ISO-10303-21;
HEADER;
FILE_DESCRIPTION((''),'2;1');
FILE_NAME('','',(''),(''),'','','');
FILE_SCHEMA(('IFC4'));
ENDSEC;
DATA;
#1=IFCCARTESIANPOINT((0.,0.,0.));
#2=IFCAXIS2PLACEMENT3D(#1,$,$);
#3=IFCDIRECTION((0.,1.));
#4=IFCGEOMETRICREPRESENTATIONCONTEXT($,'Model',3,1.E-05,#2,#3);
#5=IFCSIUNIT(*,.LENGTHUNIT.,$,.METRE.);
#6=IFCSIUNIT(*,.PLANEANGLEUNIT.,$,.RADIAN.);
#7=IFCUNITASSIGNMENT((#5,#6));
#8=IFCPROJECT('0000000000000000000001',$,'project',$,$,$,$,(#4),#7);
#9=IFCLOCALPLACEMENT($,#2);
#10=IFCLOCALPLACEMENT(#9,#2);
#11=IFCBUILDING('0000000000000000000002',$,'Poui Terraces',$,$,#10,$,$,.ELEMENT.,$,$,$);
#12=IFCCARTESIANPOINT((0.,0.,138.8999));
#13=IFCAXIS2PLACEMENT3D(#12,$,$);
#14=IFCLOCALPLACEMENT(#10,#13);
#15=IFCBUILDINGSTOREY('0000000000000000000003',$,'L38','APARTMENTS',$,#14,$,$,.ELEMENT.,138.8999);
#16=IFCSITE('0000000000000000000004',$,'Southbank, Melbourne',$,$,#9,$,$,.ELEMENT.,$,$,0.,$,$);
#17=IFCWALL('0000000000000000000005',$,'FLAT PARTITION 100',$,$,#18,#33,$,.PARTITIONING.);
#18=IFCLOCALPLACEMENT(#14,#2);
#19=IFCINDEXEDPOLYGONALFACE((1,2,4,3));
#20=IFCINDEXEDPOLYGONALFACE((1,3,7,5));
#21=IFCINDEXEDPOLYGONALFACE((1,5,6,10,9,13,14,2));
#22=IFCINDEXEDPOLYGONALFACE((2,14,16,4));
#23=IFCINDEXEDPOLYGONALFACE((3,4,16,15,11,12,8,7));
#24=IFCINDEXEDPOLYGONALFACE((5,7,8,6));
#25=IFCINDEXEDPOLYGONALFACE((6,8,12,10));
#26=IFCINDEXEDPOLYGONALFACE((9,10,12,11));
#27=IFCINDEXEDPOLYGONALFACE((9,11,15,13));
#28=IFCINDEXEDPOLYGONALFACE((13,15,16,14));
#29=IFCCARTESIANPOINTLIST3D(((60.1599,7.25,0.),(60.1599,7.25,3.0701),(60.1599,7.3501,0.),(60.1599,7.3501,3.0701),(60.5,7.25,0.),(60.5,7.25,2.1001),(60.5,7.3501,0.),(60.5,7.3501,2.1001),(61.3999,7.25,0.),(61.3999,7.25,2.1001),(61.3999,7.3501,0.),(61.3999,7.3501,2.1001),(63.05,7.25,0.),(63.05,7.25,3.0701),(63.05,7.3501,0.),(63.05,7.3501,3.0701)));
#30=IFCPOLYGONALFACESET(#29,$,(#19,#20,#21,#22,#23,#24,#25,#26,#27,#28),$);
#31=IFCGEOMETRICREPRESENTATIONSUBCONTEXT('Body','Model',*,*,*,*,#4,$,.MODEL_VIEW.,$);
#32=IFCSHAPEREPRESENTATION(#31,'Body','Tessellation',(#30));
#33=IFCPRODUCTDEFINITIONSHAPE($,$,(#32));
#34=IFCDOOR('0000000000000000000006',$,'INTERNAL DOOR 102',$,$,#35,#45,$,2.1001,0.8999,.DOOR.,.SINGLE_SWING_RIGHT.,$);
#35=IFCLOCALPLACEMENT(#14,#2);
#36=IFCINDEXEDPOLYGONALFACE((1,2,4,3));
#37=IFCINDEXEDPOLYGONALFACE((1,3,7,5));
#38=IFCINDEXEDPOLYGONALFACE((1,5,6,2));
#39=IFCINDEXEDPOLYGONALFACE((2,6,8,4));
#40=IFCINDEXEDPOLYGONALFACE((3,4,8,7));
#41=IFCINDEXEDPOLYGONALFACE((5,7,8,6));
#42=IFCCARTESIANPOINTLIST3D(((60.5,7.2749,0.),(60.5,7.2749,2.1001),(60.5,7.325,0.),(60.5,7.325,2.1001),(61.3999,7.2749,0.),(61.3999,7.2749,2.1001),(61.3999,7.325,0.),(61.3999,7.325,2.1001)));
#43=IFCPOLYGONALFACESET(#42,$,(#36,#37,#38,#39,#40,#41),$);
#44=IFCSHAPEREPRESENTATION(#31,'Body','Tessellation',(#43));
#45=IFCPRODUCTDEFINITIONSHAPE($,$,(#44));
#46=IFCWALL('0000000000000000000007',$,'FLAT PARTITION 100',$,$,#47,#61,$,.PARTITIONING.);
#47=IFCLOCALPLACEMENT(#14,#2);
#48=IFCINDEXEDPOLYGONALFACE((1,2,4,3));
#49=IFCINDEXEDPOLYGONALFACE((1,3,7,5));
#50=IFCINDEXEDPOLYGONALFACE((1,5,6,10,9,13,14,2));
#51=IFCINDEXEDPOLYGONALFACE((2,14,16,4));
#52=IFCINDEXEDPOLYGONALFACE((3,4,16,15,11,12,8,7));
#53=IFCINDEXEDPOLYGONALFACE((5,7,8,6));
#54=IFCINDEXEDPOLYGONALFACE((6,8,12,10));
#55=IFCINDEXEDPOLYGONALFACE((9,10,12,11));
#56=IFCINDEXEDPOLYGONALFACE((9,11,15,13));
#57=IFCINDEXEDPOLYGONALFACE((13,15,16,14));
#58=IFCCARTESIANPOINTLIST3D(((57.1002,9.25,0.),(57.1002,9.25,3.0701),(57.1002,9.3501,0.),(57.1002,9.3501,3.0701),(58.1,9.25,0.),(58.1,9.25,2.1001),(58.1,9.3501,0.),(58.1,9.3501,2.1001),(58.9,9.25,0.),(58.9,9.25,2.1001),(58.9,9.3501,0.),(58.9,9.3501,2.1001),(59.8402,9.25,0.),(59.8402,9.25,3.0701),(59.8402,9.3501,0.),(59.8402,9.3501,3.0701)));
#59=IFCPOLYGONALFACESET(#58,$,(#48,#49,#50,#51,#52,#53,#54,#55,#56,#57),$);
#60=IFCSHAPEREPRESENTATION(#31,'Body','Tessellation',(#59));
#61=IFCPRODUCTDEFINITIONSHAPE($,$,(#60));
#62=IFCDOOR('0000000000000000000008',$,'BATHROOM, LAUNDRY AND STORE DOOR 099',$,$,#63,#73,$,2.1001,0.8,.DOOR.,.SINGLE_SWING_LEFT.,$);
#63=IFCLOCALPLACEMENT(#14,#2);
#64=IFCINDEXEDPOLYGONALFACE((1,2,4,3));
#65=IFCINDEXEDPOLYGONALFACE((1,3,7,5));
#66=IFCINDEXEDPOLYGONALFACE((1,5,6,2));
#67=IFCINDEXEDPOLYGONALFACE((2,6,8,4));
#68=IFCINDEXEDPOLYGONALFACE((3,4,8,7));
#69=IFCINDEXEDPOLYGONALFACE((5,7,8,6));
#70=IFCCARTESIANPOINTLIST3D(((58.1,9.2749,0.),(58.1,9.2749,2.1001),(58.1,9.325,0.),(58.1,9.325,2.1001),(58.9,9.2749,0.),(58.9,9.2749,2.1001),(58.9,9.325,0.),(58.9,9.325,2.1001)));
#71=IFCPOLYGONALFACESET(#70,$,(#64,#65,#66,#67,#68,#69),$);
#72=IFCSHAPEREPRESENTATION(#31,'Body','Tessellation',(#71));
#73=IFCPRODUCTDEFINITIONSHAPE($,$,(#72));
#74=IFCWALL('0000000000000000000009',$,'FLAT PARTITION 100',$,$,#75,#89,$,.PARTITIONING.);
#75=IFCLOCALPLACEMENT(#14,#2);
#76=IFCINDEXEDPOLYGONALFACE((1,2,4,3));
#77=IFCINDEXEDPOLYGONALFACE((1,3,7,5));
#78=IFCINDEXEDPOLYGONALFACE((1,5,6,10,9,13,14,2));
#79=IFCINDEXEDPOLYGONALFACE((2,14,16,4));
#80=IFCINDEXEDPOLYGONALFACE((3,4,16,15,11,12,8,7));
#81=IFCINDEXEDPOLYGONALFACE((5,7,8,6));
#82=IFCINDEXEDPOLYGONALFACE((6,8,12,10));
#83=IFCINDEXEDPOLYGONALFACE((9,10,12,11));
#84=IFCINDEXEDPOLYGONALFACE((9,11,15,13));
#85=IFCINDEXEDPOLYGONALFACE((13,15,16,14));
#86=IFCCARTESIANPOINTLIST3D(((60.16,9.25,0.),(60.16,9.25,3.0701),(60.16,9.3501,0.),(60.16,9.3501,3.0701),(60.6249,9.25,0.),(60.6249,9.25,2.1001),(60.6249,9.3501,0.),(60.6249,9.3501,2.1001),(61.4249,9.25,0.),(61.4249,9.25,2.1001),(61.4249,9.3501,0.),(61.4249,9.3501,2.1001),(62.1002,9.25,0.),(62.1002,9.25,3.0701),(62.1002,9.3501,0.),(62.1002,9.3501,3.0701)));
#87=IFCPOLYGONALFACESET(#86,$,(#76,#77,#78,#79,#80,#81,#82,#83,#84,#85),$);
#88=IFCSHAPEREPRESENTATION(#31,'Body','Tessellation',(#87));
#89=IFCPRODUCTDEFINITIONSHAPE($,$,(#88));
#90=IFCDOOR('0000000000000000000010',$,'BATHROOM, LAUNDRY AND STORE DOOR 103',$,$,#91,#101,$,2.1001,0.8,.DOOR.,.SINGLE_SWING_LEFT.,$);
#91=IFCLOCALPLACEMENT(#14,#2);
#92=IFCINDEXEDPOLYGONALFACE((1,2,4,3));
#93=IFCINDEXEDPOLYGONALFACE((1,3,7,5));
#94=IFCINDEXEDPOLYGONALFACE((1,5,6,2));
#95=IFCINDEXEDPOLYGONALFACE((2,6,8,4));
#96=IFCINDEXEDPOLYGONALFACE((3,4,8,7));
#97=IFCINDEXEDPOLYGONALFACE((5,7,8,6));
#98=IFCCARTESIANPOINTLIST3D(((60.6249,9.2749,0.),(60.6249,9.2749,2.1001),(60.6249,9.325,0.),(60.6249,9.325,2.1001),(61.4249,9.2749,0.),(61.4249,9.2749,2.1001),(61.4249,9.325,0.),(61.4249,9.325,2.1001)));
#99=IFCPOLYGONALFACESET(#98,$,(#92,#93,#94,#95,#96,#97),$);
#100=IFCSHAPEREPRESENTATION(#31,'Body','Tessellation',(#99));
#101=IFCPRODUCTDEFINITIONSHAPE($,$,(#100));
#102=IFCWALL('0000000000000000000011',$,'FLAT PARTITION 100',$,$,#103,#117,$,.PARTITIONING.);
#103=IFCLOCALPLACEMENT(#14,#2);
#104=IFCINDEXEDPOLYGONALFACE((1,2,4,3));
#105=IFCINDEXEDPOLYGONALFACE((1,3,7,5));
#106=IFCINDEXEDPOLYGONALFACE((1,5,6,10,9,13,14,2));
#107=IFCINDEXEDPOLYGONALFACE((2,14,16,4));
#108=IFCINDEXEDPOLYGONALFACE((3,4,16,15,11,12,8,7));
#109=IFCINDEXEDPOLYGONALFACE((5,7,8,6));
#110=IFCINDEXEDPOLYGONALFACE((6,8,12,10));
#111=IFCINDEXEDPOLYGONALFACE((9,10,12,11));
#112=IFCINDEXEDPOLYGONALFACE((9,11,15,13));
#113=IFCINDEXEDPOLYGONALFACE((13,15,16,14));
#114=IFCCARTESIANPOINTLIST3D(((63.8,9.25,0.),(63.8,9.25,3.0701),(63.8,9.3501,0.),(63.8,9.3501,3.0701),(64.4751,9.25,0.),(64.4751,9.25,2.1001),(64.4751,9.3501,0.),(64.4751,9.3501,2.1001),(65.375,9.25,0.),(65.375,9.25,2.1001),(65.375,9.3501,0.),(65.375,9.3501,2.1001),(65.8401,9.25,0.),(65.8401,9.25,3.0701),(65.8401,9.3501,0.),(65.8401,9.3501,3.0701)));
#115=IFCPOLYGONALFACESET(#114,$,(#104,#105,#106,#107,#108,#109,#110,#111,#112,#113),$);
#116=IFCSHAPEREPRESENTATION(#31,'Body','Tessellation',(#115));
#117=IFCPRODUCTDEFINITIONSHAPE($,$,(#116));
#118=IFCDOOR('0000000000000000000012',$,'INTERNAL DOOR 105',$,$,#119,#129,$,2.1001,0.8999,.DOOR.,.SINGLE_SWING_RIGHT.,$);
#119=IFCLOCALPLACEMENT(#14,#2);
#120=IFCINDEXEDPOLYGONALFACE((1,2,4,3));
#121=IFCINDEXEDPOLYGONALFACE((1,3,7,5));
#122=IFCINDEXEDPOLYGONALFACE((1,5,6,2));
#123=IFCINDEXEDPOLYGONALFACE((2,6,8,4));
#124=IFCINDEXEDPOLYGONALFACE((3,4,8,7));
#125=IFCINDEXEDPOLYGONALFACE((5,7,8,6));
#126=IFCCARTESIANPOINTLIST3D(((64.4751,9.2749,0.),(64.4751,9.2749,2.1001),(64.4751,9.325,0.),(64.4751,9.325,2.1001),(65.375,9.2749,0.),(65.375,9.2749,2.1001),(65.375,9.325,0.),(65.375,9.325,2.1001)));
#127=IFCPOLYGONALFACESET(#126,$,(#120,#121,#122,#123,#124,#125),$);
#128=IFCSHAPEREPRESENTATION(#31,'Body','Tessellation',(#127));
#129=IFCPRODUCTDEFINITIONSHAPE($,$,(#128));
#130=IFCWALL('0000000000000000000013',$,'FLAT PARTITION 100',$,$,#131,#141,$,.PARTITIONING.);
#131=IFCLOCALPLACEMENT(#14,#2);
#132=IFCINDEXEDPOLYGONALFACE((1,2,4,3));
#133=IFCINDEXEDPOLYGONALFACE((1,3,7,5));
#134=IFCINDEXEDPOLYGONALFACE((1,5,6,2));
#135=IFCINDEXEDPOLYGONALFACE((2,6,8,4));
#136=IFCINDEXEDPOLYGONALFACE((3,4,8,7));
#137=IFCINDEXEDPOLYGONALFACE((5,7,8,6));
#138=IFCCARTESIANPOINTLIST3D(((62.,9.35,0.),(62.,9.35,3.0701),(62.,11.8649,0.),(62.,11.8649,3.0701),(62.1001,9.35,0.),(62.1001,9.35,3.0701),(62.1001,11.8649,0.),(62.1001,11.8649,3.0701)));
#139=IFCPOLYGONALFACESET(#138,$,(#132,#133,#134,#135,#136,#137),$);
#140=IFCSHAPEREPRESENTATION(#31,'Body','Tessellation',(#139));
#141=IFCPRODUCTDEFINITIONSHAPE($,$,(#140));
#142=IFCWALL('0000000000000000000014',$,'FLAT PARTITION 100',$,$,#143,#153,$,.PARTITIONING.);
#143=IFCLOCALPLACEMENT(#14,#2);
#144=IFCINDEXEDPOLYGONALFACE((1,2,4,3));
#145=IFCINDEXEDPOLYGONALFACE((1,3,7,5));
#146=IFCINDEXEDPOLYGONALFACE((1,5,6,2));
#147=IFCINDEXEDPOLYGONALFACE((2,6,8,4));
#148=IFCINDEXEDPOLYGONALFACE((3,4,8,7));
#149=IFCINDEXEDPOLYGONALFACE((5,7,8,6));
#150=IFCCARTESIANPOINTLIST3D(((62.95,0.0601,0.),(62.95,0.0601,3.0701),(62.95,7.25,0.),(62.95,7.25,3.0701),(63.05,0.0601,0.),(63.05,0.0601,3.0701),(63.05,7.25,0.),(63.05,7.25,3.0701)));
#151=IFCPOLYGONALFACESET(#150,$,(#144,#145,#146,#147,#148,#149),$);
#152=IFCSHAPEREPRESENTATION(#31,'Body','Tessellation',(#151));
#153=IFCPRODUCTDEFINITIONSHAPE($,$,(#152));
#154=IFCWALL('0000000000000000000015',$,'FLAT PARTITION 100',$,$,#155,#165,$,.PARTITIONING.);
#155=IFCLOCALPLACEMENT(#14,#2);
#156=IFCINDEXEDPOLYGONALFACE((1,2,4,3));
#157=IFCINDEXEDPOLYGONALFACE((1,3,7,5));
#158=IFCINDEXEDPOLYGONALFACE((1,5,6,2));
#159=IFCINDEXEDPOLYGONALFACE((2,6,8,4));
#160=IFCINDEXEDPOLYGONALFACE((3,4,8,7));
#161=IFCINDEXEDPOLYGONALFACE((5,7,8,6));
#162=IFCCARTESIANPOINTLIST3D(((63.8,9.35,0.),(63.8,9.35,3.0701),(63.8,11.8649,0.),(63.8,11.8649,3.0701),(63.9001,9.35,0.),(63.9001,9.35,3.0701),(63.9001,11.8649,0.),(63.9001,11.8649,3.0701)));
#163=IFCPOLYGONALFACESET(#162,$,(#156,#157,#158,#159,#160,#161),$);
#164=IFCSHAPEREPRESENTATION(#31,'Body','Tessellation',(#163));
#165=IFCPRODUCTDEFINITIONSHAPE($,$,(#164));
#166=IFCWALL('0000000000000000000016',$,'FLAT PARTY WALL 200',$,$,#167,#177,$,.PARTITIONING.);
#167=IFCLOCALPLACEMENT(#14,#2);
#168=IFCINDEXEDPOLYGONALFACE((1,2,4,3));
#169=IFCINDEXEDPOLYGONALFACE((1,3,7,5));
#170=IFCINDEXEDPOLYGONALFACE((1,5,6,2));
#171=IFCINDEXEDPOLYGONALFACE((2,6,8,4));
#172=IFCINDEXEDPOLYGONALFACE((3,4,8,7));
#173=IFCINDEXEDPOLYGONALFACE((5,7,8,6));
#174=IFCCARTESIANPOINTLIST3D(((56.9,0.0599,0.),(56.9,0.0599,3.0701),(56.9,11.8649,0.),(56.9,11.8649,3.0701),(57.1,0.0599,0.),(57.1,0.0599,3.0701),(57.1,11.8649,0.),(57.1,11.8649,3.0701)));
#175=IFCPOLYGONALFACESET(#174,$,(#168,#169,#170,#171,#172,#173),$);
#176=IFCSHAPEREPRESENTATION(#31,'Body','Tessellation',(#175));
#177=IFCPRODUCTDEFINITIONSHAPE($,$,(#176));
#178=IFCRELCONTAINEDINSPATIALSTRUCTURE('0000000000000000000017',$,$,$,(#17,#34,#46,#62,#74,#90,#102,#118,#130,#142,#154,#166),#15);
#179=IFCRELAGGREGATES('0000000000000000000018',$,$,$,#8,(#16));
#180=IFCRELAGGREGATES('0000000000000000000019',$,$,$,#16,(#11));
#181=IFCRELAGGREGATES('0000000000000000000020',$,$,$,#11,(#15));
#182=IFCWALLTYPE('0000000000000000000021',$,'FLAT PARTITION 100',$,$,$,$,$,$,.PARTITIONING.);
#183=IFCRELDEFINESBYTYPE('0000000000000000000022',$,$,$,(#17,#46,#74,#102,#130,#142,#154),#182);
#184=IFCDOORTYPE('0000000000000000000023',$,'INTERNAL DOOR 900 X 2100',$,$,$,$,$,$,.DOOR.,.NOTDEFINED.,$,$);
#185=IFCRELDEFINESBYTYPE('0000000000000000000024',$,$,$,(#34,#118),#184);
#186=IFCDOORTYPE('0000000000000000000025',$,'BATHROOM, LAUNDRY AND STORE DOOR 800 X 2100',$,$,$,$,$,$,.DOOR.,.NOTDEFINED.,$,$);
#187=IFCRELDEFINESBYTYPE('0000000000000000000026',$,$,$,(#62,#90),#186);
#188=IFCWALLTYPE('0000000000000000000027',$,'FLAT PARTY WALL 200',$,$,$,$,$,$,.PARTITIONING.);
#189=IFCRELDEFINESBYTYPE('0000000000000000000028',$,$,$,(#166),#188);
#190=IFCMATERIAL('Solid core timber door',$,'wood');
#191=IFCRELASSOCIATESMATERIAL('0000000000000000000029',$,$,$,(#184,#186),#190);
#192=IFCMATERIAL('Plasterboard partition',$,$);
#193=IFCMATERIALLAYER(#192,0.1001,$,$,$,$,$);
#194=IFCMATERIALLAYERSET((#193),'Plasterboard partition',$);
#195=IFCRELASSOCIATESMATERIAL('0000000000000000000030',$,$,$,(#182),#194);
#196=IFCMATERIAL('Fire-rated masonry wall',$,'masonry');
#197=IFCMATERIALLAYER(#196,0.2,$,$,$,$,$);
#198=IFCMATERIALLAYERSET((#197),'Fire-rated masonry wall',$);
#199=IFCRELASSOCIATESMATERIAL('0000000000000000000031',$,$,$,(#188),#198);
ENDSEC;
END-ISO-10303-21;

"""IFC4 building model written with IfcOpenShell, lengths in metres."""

from ifc_helpers import new_model, si_unit, direction, frame, frame_2d, origin, place, context, subcontext, project, spatial, rectangle, extrude, material, layer, layer_set, type_object, element, fill, save


model = new_model("IFC4")

# Units and contexts
model_context = context("Model", 3, precision=1e-05, world=origin(), true_north=direction((0.0, 1.0)))
body_context = subcontext(model_context, "Body", "Model", "MODEL_VIEW")
ifc_project = project(units=[si_unit("LENGTHUNIT", "METRE"), si_unit("PLANEANGLEUNIT", "RADIAN")], contexts=[model_context])

# Site, building, storey
site_placement = place(None, origin())
site = spatial("IfcSite", under=ifc_project, at=site_placement, Name="Southbank, Melbourne", CompositionType="ELEMENT", RefElevation=0.0)
building_placement = place(site_placement, origin())
building = spatial("IfcBuilding", under=site, at=building_placement, Name="Poui Terraces", CompositionType="ELEMENT")
storey_placement = place(building_placement, frame((0.0, 0.0, 138.8999)))
storey = spatial("IfcBuildingStorey", under=building, at=storey_placement, Name="L38", Description="APARTMENTS", CompositionType="ELEMENT", Elevation=138.8999)

# Walls, openings, doors
ifc_material_1 = material(Name="Solid core timber door", Category="wood")
door_type_1 = type_object("IfcDoorType", Name="INTERNAL DOOR 900 X 2100", OperationType="NOTDEFINED", PredefinedType="DOOR", material=ifc_material_1)
ifc_material_2 = material(Name="Plasterboard partition")
ifc_layer_1 = layer(ifc_material_2, 0.1001)
ifc_layer_set_1 = layer_set([ifc_layer_1], Name="Plasterboard partition")
wall_type_1 = type_object("IfcWallType", Name="FLAT PARTITION 100", PredefinedType="PARTITIONING", material=ifc_layer_set_1)
wall_1_placement = place(storey_placement, frame((60.1599, 7.3, 0.0), z_axis=(0.0, 0.0, 1.0), x_axis=(1.0, 0.0, 0.0)))
wall_1 = element("IfcWall", 1, at=wall_1_placement, inside=storey, type_object=wall_type_1, Name="FLAT PARTITION 100", PredefinedType="PARTITIONING", context=body_context, shape_type="SweptSolid", body=[
    extrude(rectangle(XDim=2.8901, YDim=0.1001, at=frame_2d((1.4451, 0.0))), origin(), (0.0, 0.0, 1.0), 3.0701),
])
opening_1_placement = place(wall_1_placement, frame((0.3401, 0.0, 0.0)))
opening_1 = element("IfcOpeningElement", 2, at=opening_1_placement, cuts=wall_1, PredefinedType="OPENING", context=body_context, shape_type="SweptSolid", body=[
    extrude(rectangle(XDim=0.8999, YDim=2.1001, at=frame_2d((0.45, 1.05))), frame((0.0, 0.0601, 0.0), z_axis=(0.0, -1.0, 0.0), x_axis=(1.0, 0.0, 0.0)), (0.0, 0.0, 1.0), 0.1201),
])
door_1_placement = place(opening_1_placement, origin())
door_1 = element("IfcDoor", 3, at=door_1_placement, inside=storey, type_object=door_type_1, Name="INTERNAL DOOR 102", OperationType="SINGLE_SWING_RIGHT", OverallHeight=2.1001, OverallWidth=0.8999, PredefinedType="DOOR", context=body_context, shape_type="SweptSolid", body=[
    extrude(rectangle(XDim=0.8999, YDim=2.1001, at=frame_2d((0.45, 1.05))), frame((0.0, 0.0249, 0.0), z_axis=(0.0, -1.0, 0.0), x_axis=(1.0, 0.0, 0.0)), (0.0, 0.0, 1.0), 0.05),
])
fill(opening_1, door_1)
wall_2_placement = place(storey_placement, frame((57.1001, 9.3, 0.0), z_axis=(0.0, 0.0, 1.0), x_axis=(1.0, 0.0, 0.0)))
wall_2 = element("IfcWall", 4, at=wall_2_placement, inside=storey, type_object=wall_type_1, Name="FLAT PARTITION 100", PredefinedType="PARTITIONING", context=body_context, shape_type="SweptSolid", body=[
    extrude(rectangle(XDim=2.74, YDim=0.1001, at=frame_2d((1.3701, 0.0))), origin(), (0.0, 0.0, 1.0), 3.0701),
])
opening_2_placement = place(wall_2_placement, frame((1.0, 0.0, 0.0)))
opening_2 = element("IfcOpeningElement", 5, at=opening_2_placement, cuts=wall_2, PredefinedType="OPENING", context=body_context, shape_type="SweptSolid", body=[
    extrude(rectangle(XDim=0.8, YDim=2.1001, at=frame_2d((0.3999, 1.05))), frame((0.0, 0.0601, 0.0), z_axis=(0.0, -1.0, 0.0), x_axis=(1.0, 0.0, 0.0)), (0.0, 0.0, 1.0), 0.1201),
])
door_type_2 = type_object("IfcDoorType", Name="BATHROOM, LAUNDRY AND STORE DOOR 800 X 2100", OperationType="NOTDEFINED", PredefinedType="DOOR", material=ifc_material_1)
door_2_placement = place(opening_2_placement, origin())
door_2 = element("IfcDoor", 6, at=door_2_placement, inside=storey, type_object=door_type_2, Name="BATHROOM, LAUNDRY AND STORE DOOR 099", OperationType="SINGLE_SWING_LEFT", OverallHeight=2.1001, OverallWidth=0.8, PredefinedType="DOOR", context=body_context, shape_type="SweptSolid", body=[
    extrude(rectangle(XDim=0.8, YDim=2.1001, at=frame_2d((0.3999, 1.05))), frame((0.0, 0.0249, 0.0), z_axis=(0.0, -1.0, 0.0), x_axis=(1.0, 0.0, 0.0)), (0.0, 0.0, 1.0), 0.05),
])
fill(opening_2, door_2)
wall_3_placement = place(storey_placement, frame((60.1599, 9.3, 0.0), z_axis=(0.0, 0.0, 1.0), x_axis=(1.0, 0.0, 0.0)))
wall_3 = element("IfcWall", 7, at=wall_3_placement, inside=storey, type_object=wall_type_1, Name="FLAT PARTITION 100", PredefinedType="PARTITIONING", context=body_context, shape_type="SweptSolid", body=[
    extrude(rectangle(XDim=1.9402, YDim=0.1001, at=frame_2d((0.9702, 0.0))), origin(), (0.0, 0.0, 1.0), 3.0701),
])
opening_3_placement = place(wall_3_placement, frame((0.4651, 0.0, 0.0)))
opening_3 = element("IfcOpeningElement", 8, at=opening_3_placement, cuts=wall_3, PredefinedType="OPENING", context=body_context, shape_type="SweptSolid", body=[
    extrude(rectangle(XDim=0.8, YDim=2.1001, at=frame_2d((0.3999, 1.05))), frame((0.0, 0.0601, 0.0), z_axis=(0.0, -1.0, 0.0), x_axis=(1.0, 0.0, 0.0)), (0.0, 0.0, 1.0), 0.1201),
])
door_3_placement = place(opening_3_placement, origin())
door_3 = element("IfcDoor", 9, at=door_3_placement, inside=storey, type_object=door_type_2, Name="BATHROOM, LAUNDRY AND STORE DOOR 103", OperationType="SINGLE_SWING_LEFT", OverallHeight=2.1001, OverallWidth=0.8, PredefinedType="DOOR", context=body_context, shape_type="SweptSolid", body=[
    extrude(rectangle(XDim=0.8, YDim=2.1001, at=frame_2d((0.3999, 1.05))), frame((0.0, 0.0249, 0.0), z_axis=(0.0, -1.0, 0.0), x_axis=(1.0, 0.0, 0.0)), (0.0, 0.0, 1.0), 0.05),
])
fill(opening_3, door_3)
wall_4_placement = place(storey_placement, frame((63.8, 9.3, 0.0), z_axis=(0.0, 0.0, 1.0), x_axis=(1.0, 0.0, 0.0)))
wall_4 = element("IfcWall", 10, at=wall_4_placement, inside=storey, type_object=wall_type_1, Name="FLAT PARTITION 100", PredefinedType="PARTITIONING", context=body_context, shape_type="SweptSolid", body=[
    extrude(rectangle(XDim=2.04, YDim=0.1001, at=frame_2d((1.02, 0.0))), origin(), (0.0, 0.0, 1.0), 3.0701),
])
opening_4_placement = place(wall_4_placement, frame((0.675, 0.0, 0.0)))
opening_4 = element("IfcOpeningElement", 11, at=opening_4_placement, cuts=wall_4, PredefinedType="OPENING", context=body_context, shape_type="SweptSolid", body=[
    extrude(rectangle(XDim=0.8999, YDim=2.1001, at=frame_2d((0.45, 1.05))), frame((0.0, 0.0601, 0.0), z_axis=(0.0, -1.0, 0.0), x_axis=(1.0, 0.0, 0.0)), (0.0, 0.0, 1.0), 0.1201),
])
door_4_placement = place(opening_4_placement, origin())
door_4 = element("IfcDoor", 12, at=door_4_placement, inside=storey, type_object=door_type_1, Name="INTERNAL DOOR 105", OperationType="SINGLE_SWING_RIGHT", OverallHeight=2.1001, OverallWidth=0.8999, PredefinedType="DOOR", context=body_context, shape_type="SweptSolid", body=[
    extrude(rectangle(XDim=0.8999, YDim=2.1001, at=frame_2d((0.45, 1.05))), frame((0.0, 0.0249, 0.0), z_axis=(0.0, -1.0, 0.0), x_axis=(1.0, 0.0, 0.0)), (0.0, 0.0, 1.0), 0.05),
])
fill(opening_4, door_4)

# Walls
wall_5_placement = place(storey_placement, frame((62.05, 9.3501, 0.0), z_axis=(0.0, 0.0, 1.0), x_axis=(0.0, 1.0, 0.0)))
element("IfcWall", 13, at=wall_5_placement, inside=storey, type_object=wall_type_1, Name="FLAT PARTITION 100", PredefinedType="PARTITIONING", context=body_context, shape_type="SweptSolid", body=[
    extrude(rectangle(XDim=2.5149, YDim=0.1001, at=frame_2d((1.2573, 0.0))), origin(), (0.0, 0.0, 1.0), 3.0701),
])
wall_6_placement = place(storey_placement, frame((63.0, 0.0601, 0.0), z_axis=(0.0, 0.0, 1.0), x_axis=(0.0, 1.0, 0.0)))
element("IfcWall", 14, at=wall_6_placement, inside=storey, type_object=wall_type_1, Name="FLAT PARTITION 100", PredefinedType="PARTITIONING", context=body_context, shape_type="SweptSolid", body=[
    extrude(rectangle(XDim=7.1899, YDim=0.1001, at=frame_2d((3.595, 0.0))), origin(), (0.0, 0.0, 1.0), 3.0701),
])
wall_7_placement = place(storey_placement, frame((63.8501, 9.3501, 0.0), z_axis=(0.0, 0.0, 1.0), x_axis=(0.0, 1.0, 0.0)))
element("IfcWall", 15, at=wall_7_placement, inside=storey, type_object=wall_type_1, Name="FLAT PARTITION 100", PredefinedType="PARTITIONING", context=body_context, shape_type="SweptSolid", body=[
    extrude(rectangle(XDim=2.5149, YDim=0.1001, at=frame_2d((1.2573, 0.0))), origin(), (0.0, 0.0, 1.0), 3.0701),
])
ifc_material_3 = material(Name="Fire-rated masonry wall", Category="masonry")
ifc_layer_2 = layer(ifc_material_3, 0.2)
ifc_layer_set_2 = layer_set([ifc_layer_2], Name="Fire-rated masonry wall")
wall_type_2 = type_object("IfcWallType", Name="FLAT PARTY WALL 200", PredefinedType="PARTITIONING", material=ifc_layer_set_2)
wall_8_placement = place(storey_placement, frame((57.0, 0.0601, 0.0), z_axis=(0.0, 0.0, 1.0), x_axis=(0.0, 1.0, 0.0)))
element("IfcWall", 16, at=wall_8_placement, inside=storey, type_object=wall_type_2, Name="FLAT PARTY WALL 200", PredefinedType="PARTITIONING", context=body_context, shape_type="SweptSolid", body=[
    extrude(rectangle(XDim=11.8049, YDim=0.2, at=frame_2d((5.9023, 0.0))), origin(), (0.0, 0.0, 1.0), 3.0701),
])

save(model, "model.ifc")
